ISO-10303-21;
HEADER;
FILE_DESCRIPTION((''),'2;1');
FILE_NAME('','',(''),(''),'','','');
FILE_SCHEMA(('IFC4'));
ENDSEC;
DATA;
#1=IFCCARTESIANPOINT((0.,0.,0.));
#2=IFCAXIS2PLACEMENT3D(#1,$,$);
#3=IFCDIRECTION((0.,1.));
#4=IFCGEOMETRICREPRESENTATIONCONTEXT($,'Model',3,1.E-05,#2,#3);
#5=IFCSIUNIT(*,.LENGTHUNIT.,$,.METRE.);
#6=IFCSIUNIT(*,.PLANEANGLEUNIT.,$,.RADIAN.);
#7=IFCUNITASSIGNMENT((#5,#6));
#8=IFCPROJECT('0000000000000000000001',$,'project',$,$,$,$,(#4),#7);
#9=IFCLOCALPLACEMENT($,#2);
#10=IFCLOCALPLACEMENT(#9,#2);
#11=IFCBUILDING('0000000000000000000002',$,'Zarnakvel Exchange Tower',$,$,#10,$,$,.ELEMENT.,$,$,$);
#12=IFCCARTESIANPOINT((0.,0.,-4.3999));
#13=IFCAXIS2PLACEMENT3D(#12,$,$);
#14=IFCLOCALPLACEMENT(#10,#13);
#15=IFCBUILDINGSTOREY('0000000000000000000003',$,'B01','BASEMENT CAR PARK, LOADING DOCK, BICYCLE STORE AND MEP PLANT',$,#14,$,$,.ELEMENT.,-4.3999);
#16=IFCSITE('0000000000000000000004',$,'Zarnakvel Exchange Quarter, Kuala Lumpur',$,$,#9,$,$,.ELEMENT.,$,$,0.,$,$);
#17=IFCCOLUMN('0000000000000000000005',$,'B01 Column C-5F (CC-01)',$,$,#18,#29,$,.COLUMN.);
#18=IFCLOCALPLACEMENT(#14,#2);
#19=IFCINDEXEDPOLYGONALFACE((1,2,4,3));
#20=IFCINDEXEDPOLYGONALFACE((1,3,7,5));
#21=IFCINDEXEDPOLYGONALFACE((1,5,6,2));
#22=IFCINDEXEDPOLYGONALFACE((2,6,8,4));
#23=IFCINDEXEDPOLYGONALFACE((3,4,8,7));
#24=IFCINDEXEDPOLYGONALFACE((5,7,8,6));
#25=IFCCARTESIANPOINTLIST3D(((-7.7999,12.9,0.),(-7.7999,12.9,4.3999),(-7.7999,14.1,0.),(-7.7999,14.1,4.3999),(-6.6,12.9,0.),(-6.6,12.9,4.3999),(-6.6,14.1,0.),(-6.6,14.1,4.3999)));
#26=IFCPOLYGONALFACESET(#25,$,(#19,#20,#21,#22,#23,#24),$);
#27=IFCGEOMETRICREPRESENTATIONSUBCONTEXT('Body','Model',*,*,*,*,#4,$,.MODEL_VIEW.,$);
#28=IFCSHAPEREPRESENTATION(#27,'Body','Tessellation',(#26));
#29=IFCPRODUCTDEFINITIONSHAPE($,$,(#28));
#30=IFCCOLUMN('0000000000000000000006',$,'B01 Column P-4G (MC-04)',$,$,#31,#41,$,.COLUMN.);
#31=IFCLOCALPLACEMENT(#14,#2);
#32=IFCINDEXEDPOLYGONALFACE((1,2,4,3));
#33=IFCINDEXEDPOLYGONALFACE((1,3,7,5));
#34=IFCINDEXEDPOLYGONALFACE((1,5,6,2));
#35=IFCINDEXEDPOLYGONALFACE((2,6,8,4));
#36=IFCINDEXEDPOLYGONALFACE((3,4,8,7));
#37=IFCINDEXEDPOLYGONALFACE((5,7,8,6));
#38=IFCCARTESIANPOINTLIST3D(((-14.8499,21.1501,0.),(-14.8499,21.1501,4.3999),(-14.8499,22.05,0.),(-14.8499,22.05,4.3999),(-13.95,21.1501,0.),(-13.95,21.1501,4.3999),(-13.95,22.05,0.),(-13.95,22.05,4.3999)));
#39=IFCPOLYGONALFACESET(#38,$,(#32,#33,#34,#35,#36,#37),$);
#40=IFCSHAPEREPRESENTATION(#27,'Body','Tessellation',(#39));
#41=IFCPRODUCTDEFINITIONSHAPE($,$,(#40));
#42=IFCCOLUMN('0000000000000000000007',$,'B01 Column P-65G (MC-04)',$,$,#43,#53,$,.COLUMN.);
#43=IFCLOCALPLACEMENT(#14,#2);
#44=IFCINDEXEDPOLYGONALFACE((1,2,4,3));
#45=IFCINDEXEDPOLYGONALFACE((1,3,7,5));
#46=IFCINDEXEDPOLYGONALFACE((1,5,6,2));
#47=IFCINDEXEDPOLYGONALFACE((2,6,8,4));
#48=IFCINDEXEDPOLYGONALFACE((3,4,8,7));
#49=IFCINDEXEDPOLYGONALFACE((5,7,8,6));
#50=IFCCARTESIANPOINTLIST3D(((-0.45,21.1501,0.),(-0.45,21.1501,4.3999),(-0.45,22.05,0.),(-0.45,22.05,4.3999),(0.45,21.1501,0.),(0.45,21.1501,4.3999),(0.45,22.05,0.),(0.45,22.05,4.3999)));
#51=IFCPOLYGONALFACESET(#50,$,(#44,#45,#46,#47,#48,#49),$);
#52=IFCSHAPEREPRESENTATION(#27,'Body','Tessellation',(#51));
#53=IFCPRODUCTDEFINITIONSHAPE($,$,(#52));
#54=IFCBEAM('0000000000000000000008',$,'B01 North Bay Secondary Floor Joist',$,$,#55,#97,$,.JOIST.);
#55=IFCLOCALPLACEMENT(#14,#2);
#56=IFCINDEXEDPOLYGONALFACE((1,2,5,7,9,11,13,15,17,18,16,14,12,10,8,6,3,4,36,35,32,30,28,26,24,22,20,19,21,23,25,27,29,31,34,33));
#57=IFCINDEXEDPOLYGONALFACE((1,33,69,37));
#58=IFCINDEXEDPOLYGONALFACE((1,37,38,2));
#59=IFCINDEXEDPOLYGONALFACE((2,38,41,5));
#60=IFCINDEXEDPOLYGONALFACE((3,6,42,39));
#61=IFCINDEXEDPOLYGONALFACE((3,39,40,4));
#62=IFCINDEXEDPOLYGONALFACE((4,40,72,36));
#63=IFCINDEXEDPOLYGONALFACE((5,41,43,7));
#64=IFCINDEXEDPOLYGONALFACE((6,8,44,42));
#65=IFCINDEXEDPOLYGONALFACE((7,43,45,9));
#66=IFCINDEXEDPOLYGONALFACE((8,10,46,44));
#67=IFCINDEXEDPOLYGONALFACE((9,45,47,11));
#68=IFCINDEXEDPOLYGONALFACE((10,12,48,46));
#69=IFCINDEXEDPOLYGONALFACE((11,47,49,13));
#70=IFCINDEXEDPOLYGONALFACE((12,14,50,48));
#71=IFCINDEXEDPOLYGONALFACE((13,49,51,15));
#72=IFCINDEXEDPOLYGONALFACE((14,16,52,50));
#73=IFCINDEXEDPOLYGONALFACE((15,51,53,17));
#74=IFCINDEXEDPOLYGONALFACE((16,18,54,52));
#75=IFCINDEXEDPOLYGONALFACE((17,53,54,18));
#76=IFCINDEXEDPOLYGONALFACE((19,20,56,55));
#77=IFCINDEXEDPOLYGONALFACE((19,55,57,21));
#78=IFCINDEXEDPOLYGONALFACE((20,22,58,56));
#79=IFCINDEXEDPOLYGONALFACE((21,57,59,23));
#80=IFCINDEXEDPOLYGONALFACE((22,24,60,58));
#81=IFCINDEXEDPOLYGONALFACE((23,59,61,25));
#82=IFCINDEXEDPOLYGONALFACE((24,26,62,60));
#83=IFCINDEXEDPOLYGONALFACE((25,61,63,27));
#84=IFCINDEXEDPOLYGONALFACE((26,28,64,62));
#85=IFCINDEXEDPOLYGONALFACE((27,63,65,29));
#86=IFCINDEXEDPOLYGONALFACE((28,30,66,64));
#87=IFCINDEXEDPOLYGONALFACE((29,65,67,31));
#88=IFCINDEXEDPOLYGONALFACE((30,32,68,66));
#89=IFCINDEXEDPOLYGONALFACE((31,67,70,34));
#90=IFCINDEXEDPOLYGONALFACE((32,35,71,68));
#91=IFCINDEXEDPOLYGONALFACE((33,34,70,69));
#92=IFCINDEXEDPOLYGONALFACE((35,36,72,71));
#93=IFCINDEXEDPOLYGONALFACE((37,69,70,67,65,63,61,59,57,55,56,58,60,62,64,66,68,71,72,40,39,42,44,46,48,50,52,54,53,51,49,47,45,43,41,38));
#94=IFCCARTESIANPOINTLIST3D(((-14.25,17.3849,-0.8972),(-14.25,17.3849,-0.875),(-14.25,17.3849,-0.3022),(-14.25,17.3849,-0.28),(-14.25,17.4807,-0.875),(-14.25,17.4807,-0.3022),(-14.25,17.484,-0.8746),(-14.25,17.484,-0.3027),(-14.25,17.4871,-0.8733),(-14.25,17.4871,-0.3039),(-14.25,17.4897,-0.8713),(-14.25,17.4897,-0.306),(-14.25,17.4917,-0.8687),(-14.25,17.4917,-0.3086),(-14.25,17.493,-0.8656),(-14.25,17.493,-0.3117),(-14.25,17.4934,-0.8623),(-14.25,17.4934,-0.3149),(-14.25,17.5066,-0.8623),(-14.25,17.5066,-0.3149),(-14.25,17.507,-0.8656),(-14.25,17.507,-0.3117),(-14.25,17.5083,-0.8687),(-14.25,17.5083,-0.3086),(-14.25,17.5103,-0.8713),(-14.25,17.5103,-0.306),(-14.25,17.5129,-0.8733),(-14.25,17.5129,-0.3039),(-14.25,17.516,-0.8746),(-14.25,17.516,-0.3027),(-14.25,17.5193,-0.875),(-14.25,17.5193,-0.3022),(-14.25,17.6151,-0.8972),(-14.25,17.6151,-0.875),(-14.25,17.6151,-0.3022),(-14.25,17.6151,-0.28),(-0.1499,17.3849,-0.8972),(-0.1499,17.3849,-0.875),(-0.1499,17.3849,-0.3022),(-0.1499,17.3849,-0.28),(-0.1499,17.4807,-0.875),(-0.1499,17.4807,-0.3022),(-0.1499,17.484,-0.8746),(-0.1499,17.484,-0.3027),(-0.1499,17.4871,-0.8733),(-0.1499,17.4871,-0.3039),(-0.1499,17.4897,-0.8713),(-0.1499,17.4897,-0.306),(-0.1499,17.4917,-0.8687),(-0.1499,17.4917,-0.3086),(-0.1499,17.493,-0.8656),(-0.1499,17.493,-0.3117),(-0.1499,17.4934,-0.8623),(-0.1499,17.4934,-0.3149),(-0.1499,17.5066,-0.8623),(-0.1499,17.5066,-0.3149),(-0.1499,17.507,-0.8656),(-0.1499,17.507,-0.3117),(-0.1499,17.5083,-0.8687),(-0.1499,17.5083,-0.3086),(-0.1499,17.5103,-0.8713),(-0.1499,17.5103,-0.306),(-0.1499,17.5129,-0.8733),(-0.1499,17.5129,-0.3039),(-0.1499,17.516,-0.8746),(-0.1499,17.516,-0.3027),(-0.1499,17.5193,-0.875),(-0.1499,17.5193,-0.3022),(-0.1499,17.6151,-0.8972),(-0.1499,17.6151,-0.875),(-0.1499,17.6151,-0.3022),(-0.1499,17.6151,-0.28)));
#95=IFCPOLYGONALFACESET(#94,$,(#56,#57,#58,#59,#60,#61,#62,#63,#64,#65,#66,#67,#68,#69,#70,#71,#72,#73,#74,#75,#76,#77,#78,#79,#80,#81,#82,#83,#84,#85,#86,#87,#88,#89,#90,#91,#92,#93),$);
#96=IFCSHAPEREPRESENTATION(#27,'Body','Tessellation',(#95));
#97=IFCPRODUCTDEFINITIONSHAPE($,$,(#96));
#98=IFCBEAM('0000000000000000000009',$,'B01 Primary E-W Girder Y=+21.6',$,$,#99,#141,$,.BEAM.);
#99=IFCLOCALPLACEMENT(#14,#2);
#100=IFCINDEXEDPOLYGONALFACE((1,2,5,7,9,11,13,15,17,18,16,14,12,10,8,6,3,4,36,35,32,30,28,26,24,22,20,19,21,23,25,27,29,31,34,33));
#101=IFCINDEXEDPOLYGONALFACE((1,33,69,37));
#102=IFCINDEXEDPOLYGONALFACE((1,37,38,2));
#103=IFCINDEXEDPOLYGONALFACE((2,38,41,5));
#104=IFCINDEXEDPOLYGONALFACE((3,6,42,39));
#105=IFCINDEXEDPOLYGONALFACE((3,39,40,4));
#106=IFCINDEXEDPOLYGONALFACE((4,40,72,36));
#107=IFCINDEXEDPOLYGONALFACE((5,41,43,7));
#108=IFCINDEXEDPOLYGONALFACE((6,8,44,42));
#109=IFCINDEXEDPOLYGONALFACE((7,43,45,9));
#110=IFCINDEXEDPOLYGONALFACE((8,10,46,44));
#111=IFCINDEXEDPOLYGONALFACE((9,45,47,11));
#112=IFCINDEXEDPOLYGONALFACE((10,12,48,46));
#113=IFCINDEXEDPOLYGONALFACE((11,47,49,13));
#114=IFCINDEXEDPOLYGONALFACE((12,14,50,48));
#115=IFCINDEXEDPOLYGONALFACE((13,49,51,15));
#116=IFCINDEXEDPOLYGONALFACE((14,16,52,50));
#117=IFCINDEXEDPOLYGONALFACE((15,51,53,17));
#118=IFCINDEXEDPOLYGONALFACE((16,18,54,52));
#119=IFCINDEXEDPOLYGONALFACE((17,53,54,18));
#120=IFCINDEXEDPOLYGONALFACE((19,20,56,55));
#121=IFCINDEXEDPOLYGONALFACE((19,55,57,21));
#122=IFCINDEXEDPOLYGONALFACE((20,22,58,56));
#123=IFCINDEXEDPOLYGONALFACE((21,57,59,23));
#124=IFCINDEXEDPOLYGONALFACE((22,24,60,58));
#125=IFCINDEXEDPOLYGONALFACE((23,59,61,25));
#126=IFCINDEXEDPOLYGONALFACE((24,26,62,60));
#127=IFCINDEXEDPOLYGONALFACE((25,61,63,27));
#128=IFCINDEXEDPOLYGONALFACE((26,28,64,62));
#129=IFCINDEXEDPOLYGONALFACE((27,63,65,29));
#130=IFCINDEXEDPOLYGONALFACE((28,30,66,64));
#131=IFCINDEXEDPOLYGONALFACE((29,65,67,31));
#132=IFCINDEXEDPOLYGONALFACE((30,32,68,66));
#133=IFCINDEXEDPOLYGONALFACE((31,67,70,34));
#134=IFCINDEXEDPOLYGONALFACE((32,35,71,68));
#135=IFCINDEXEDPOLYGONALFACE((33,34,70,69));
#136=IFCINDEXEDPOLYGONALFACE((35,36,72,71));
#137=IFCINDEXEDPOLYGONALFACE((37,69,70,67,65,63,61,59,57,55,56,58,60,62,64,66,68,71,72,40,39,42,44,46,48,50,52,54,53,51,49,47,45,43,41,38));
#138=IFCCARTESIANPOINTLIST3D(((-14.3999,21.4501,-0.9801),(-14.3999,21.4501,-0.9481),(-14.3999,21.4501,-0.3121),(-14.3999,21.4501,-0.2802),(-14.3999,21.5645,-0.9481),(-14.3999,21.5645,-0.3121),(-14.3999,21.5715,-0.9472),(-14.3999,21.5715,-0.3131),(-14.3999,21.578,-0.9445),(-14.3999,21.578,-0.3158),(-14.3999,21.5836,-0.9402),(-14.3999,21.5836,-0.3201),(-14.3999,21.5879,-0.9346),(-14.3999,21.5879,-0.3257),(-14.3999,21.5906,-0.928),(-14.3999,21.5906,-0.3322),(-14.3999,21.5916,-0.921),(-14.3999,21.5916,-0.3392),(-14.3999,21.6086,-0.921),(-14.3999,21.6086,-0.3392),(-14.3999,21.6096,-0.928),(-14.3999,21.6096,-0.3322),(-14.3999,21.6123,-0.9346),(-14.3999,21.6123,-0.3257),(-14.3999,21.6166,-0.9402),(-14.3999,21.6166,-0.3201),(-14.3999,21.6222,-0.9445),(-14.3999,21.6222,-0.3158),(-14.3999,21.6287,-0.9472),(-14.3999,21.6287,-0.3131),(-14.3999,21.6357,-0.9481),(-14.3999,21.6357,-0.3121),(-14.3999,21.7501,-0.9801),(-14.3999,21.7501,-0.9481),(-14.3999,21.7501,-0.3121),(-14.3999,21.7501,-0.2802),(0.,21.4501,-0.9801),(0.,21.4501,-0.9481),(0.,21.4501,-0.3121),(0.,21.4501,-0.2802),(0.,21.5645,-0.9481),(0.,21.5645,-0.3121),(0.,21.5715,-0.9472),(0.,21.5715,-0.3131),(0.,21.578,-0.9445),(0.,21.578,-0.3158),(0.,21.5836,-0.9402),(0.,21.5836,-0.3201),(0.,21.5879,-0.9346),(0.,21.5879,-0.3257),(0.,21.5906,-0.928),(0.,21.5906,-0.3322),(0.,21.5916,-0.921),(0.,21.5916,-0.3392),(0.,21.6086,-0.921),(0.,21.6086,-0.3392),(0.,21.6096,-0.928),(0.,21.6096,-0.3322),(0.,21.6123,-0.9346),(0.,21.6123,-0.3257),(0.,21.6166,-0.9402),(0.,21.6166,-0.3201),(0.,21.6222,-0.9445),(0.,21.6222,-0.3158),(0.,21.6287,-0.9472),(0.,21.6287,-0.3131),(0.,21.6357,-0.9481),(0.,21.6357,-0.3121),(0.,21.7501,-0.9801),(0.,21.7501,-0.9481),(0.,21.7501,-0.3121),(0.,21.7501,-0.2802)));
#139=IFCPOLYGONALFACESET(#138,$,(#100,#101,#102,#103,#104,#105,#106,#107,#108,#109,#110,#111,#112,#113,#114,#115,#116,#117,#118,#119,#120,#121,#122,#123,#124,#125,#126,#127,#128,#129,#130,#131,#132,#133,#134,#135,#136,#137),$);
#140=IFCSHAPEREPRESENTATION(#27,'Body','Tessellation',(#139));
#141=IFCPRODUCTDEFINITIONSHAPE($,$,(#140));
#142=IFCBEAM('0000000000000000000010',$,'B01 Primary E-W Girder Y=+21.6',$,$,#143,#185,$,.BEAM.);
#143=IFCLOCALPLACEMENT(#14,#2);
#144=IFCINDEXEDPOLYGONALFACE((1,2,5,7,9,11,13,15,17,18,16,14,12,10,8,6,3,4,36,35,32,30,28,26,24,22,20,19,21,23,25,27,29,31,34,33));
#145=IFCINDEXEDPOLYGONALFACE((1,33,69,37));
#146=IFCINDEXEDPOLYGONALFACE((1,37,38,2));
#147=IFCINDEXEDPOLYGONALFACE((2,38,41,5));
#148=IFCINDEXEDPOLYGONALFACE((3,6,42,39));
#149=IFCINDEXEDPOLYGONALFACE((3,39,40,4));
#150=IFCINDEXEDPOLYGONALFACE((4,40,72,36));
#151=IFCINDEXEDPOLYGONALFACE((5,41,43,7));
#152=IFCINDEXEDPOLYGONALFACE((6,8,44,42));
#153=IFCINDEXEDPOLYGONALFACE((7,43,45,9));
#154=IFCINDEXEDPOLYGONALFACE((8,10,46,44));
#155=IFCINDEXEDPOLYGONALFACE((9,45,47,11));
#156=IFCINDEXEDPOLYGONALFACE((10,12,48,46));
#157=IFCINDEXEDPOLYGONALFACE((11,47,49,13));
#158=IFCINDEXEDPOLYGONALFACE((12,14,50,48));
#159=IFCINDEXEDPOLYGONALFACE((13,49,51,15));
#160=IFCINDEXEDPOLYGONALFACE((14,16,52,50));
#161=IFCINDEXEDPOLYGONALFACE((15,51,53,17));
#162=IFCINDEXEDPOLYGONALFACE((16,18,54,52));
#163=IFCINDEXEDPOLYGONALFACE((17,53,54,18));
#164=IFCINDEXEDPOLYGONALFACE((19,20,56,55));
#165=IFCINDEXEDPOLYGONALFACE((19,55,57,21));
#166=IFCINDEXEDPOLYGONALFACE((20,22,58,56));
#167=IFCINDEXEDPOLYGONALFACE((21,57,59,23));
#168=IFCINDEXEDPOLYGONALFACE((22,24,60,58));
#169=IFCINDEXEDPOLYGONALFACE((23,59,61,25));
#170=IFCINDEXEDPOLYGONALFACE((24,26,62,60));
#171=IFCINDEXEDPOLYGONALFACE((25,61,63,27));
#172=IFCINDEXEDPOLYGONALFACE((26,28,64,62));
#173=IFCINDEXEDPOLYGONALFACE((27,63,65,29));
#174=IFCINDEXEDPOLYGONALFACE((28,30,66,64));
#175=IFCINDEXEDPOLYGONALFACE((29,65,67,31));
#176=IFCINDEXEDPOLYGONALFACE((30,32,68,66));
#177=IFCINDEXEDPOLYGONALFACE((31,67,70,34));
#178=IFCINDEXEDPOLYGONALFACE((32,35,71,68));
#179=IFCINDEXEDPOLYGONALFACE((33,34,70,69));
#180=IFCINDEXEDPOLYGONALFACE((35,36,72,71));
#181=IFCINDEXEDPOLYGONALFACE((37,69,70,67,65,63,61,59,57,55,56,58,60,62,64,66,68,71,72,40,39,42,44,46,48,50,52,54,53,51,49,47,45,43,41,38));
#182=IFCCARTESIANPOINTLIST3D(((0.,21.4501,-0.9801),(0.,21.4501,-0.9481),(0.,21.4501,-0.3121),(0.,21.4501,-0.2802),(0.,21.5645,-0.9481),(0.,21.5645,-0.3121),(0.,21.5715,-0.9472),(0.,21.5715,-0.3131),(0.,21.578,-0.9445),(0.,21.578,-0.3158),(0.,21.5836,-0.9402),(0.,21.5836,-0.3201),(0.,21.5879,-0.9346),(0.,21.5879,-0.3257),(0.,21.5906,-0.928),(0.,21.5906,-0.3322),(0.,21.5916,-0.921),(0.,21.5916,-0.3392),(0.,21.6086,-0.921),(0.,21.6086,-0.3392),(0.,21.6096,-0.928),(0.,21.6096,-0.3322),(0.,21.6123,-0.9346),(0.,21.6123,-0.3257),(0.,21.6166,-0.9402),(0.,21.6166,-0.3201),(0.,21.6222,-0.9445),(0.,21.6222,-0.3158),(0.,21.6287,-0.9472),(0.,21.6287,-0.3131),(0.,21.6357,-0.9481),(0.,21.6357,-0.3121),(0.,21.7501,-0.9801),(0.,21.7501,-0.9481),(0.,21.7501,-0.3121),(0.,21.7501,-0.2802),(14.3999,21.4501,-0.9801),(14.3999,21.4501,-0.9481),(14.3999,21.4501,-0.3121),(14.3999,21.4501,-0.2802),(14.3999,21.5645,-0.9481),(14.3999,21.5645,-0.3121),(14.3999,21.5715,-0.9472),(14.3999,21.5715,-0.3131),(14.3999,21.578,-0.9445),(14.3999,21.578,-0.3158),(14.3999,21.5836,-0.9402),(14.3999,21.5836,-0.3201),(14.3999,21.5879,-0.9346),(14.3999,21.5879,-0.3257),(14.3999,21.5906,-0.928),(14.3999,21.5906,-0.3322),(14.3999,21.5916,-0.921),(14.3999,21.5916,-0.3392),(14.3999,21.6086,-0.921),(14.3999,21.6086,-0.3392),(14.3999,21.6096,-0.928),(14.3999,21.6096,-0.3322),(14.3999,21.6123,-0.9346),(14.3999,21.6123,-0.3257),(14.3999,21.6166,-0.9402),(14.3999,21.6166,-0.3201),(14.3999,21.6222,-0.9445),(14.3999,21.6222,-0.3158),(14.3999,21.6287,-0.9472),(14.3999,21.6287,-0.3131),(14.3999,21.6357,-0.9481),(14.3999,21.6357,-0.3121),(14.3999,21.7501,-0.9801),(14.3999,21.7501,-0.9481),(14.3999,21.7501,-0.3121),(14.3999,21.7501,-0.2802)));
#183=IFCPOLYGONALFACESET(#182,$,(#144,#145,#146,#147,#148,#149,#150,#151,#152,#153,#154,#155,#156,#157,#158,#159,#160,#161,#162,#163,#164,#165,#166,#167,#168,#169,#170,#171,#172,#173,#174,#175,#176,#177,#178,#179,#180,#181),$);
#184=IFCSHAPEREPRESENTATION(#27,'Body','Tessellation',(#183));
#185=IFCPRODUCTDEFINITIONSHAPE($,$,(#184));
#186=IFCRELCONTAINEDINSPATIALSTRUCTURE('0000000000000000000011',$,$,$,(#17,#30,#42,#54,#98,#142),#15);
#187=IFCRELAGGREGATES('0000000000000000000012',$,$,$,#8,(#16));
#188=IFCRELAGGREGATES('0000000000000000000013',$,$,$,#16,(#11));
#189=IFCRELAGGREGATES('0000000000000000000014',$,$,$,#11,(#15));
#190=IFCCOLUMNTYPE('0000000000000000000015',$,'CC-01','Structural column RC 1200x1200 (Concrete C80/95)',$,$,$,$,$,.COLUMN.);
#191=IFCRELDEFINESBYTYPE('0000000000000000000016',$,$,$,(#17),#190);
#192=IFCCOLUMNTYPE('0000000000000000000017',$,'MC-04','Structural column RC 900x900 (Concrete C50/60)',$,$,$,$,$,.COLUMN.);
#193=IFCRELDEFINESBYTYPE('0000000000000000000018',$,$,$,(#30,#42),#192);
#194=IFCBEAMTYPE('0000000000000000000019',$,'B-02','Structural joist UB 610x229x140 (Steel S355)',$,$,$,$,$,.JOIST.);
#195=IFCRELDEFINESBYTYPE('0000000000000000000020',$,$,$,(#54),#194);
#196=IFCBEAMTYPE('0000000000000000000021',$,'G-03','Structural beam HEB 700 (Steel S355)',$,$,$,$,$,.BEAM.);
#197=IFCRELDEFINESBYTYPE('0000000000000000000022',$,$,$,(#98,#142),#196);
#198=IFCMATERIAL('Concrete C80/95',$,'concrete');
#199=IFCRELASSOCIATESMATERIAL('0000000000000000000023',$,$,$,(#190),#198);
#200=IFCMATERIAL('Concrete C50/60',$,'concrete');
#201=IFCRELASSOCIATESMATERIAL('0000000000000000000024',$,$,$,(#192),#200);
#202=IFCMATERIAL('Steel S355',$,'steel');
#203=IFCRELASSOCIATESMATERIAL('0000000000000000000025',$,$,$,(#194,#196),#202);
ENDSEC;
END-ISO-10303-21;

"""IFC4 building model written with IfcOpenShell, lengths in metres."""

from ifc_helpers import new_model, si_unit, direction, frame, origin, origin_2d, place, context, subcontext, project, spatial, rectangle, i_section, extrude, material, material_profile, profile_set, type_object, element, save


model = new_model("IFC4")

# Units and contexts
model_context = context("Model", 3, precision=1e-05, world=origin(), true_north=direction((0.0, 1.0)))
body_context = subcontext(model_context, "Body", "Model", "MODEL_VIEW")
ifc_project = project(units=[si_unit("LENGTHUNIT", "METRE"), si_unit("PLANEANGLEUNIT", "RADIAN")], contexts=[model_context])

# Site, building, storey
site_placement = place(None, origin())
site = spatial("IfcSite", under=ifc_project, at=site_placement, Name="Zarnakvel Exchange Quarter, Kuala Lumpur", CompositionType="ELEMENT", RefElevation=0.0)
building_placement = place(site_placement, origin())
building = spatial("IfcBuilding", under=site, at=building_placement, Name="Zarnakvel Exchange Tower", CompositionType="ELEMENT")
storey_placement = place(building_placement, frame((0.0, 0.0, -4.3999)))
storey = spatial("IfcBuildingStorey", under=building, at=storey_placement, Name="B01", Description="BASEMENT CAR PARK, LOADING DOCK, BICYCLE STORE AND MEP PLANT", CompositionType="ELEMENT", Elevation=-4.3999)

# Columns
ifc_material_1 = material(Name="Concrete C80/95", Category="concrete")
ifc_material_profile_1 = material_profile(ifc_material_1, rectangle(XDim=1.2, YDim=1.2, at=origin_2d()))
ifc_profile_set_1 = profile_set([ifc_material_profile_1], Name="Concrete C80/95")
column_type_1 = type_object("IfcColumnType", Name="CC-01", Description="Structural column RC 1200x1200 (Concrete C80/95)", PredefinedType="COLUMN", material=ifc_profile_set_1)
column_placement = place(storey_placement, frame((-7.2, 13.5, 0.0), z_axis=(0.0, 0.0, 1.0), x_axis=(1.0, 0.0, 0.0)))
element("IfcColumn", 1, at=column_placement, inside=storey, type_object=column_type_1, Name="B01 Column C-5F (CC-01)", PredefinedType="COLUMN", context=body_context, shape_type="SweptSolid", body=[
    extrude(rectangle(XDim=1.2, YDim=1.2, at=origin_2d()), origin(), (0.0, 0.0, 1.0), 4.3999),
])
ifc_material_2 = material(Name="Concrete C50/60", Category="concrete")
ifc_material_profile_2 = material_profile(ifc_material_2, rectangle(XDim=0.8999, YDim=0.8999, at=origin_2d()))
ifc_profile_set_2 = profile_set([ifc_material_profile_2], Name="Concrete C50/60")
column_type_2 = type_object("IfcColumnType", Name="MC-04", Description="Structural column RC 900x900 (Concrete C50/60)", PredefinedType="COLUMN", material=ifc_profile_set_2)
for number, where, z_axis, x_axis, name in (
    (2, (-14.3999, 21.6001, 0.0), (0.0, 0.0, 1.0), (1.0, 0.0, 0.0), "B01 Column P-4G (MC-04)"),
    (3, (0.0, 21.6001, 0.0), (0.0, 0.0, 1.0), (1.0, 0.0, 0.0), "B01 Column P-65G (MC-04)"),
):
    element("IfcColumn", number, at=place(storey_placement, frame(where, z_axis=z_axis, x_axis=x_axis)), inside=storey, type_object=column_type_2, Name=name, PredefinedType="COLUMN", context=body_context, shape_type="SweptSolid", body=[
        extrude(rectangle(XDim=0.8999, YDim=0.8999, at=origin_2d()), origin(), (0.0, 0.0, 1.0), 4.3999),
    ])

# Beams
ifc_material_3 = material(Name="Steel S355", Category="steel")
ifc_material_profile_3 = material_profile(ifc_material_3, i_section(OverallWidth=0.2302, OverallDepth=0.6172, WebThickness=0.0132, FlangeThickness=0.0222, FilletRadius=0.0127, at=origin_2d()))
ifc_profile_set_3 = profile_set([ifc_material_profile_3], Name="Steel S355")
beam_type_1 = type_object("IfcBeamType", Name="B-02", Description="Structural joist UB 610x229x140 (Steel S355)", PredefinedType="JOIST", material=ifc_profile_set_3)
beam_1_placement = place(storey_placement, frame((-14.25, 17.5, -0.5886), z_axis=(1.0, 0.0, 0.0), x_axis=(0.0, 1.0, 0.0)))
element("IfcBeam", 4, at=beam_1_placement, inside=storey, type_object=beam_type_1, Name="B01 North Bay Secondary Floor Joist", PredefinedType="JOIST", context=body_context, shape_type="SweptSolid", body=[
    extrude(i_section(OverallWidth=0.2302, OverallDepth=0.6172, WebThickness=0.0132, FlangeThickness=0.0222, FilletRadius=0.0127, at=origin_2d()), origin(), (0.0, 0.0, 1.0), 14.1001),
])
ifc_material_profile_4 = material_profile(ifc_material_3, i_section(OverallWidth=0.3, OverallDepth=0.7, WebThickness=0.0171, FlangeThickness=0.032, FilletRadius=0.0271, at=origin_2d()))
ifc_profile_set_4 = profile_set([ifc_material_profile_4], Name="Steel S355")
beam_type_2 = type_object("IfcBeamType", Name="G-03", Description="Structural beam HEB 700 (Steel S355)", PredefinedType="BEAM", material=ifc_profile_set_4)
for number, where, z_axis, x_axis, name in (
    (5, (-14.3999, 21.6001, -0.6301), (1.0, 0.0, 0.0), (0.0, 1.0, 0.0), "B01 Primary E-W Girder Y=+21.6"),
    (6, (0.0, 21.6001, -0.6301), (1.0, 0.0, 0.0), (0.0, 1.0, 0.0), "B01 Primary E-W Girder Y=+21.6"),
):
    element("IfcBeam", number, at=place(storey_placement, frame(where, z_axis=z_axis, x_axis=x_axis)), inside=storey, type_object=beam_type_2, Name=name, PredefinedType="BEAM", context=body_context, shape_type="SweptSolid", body=[
        extrude(i_section(OverallWidth=0.3, OverallDepth=0.7, WebThickness=0.0171, FlangeThickness=0.032, FilletRadius=0.0271, at=origin_2d()), origin(), (0.0, 0.0, 1.0), 14.3999),
    ])

save(model, "model.ifc")
